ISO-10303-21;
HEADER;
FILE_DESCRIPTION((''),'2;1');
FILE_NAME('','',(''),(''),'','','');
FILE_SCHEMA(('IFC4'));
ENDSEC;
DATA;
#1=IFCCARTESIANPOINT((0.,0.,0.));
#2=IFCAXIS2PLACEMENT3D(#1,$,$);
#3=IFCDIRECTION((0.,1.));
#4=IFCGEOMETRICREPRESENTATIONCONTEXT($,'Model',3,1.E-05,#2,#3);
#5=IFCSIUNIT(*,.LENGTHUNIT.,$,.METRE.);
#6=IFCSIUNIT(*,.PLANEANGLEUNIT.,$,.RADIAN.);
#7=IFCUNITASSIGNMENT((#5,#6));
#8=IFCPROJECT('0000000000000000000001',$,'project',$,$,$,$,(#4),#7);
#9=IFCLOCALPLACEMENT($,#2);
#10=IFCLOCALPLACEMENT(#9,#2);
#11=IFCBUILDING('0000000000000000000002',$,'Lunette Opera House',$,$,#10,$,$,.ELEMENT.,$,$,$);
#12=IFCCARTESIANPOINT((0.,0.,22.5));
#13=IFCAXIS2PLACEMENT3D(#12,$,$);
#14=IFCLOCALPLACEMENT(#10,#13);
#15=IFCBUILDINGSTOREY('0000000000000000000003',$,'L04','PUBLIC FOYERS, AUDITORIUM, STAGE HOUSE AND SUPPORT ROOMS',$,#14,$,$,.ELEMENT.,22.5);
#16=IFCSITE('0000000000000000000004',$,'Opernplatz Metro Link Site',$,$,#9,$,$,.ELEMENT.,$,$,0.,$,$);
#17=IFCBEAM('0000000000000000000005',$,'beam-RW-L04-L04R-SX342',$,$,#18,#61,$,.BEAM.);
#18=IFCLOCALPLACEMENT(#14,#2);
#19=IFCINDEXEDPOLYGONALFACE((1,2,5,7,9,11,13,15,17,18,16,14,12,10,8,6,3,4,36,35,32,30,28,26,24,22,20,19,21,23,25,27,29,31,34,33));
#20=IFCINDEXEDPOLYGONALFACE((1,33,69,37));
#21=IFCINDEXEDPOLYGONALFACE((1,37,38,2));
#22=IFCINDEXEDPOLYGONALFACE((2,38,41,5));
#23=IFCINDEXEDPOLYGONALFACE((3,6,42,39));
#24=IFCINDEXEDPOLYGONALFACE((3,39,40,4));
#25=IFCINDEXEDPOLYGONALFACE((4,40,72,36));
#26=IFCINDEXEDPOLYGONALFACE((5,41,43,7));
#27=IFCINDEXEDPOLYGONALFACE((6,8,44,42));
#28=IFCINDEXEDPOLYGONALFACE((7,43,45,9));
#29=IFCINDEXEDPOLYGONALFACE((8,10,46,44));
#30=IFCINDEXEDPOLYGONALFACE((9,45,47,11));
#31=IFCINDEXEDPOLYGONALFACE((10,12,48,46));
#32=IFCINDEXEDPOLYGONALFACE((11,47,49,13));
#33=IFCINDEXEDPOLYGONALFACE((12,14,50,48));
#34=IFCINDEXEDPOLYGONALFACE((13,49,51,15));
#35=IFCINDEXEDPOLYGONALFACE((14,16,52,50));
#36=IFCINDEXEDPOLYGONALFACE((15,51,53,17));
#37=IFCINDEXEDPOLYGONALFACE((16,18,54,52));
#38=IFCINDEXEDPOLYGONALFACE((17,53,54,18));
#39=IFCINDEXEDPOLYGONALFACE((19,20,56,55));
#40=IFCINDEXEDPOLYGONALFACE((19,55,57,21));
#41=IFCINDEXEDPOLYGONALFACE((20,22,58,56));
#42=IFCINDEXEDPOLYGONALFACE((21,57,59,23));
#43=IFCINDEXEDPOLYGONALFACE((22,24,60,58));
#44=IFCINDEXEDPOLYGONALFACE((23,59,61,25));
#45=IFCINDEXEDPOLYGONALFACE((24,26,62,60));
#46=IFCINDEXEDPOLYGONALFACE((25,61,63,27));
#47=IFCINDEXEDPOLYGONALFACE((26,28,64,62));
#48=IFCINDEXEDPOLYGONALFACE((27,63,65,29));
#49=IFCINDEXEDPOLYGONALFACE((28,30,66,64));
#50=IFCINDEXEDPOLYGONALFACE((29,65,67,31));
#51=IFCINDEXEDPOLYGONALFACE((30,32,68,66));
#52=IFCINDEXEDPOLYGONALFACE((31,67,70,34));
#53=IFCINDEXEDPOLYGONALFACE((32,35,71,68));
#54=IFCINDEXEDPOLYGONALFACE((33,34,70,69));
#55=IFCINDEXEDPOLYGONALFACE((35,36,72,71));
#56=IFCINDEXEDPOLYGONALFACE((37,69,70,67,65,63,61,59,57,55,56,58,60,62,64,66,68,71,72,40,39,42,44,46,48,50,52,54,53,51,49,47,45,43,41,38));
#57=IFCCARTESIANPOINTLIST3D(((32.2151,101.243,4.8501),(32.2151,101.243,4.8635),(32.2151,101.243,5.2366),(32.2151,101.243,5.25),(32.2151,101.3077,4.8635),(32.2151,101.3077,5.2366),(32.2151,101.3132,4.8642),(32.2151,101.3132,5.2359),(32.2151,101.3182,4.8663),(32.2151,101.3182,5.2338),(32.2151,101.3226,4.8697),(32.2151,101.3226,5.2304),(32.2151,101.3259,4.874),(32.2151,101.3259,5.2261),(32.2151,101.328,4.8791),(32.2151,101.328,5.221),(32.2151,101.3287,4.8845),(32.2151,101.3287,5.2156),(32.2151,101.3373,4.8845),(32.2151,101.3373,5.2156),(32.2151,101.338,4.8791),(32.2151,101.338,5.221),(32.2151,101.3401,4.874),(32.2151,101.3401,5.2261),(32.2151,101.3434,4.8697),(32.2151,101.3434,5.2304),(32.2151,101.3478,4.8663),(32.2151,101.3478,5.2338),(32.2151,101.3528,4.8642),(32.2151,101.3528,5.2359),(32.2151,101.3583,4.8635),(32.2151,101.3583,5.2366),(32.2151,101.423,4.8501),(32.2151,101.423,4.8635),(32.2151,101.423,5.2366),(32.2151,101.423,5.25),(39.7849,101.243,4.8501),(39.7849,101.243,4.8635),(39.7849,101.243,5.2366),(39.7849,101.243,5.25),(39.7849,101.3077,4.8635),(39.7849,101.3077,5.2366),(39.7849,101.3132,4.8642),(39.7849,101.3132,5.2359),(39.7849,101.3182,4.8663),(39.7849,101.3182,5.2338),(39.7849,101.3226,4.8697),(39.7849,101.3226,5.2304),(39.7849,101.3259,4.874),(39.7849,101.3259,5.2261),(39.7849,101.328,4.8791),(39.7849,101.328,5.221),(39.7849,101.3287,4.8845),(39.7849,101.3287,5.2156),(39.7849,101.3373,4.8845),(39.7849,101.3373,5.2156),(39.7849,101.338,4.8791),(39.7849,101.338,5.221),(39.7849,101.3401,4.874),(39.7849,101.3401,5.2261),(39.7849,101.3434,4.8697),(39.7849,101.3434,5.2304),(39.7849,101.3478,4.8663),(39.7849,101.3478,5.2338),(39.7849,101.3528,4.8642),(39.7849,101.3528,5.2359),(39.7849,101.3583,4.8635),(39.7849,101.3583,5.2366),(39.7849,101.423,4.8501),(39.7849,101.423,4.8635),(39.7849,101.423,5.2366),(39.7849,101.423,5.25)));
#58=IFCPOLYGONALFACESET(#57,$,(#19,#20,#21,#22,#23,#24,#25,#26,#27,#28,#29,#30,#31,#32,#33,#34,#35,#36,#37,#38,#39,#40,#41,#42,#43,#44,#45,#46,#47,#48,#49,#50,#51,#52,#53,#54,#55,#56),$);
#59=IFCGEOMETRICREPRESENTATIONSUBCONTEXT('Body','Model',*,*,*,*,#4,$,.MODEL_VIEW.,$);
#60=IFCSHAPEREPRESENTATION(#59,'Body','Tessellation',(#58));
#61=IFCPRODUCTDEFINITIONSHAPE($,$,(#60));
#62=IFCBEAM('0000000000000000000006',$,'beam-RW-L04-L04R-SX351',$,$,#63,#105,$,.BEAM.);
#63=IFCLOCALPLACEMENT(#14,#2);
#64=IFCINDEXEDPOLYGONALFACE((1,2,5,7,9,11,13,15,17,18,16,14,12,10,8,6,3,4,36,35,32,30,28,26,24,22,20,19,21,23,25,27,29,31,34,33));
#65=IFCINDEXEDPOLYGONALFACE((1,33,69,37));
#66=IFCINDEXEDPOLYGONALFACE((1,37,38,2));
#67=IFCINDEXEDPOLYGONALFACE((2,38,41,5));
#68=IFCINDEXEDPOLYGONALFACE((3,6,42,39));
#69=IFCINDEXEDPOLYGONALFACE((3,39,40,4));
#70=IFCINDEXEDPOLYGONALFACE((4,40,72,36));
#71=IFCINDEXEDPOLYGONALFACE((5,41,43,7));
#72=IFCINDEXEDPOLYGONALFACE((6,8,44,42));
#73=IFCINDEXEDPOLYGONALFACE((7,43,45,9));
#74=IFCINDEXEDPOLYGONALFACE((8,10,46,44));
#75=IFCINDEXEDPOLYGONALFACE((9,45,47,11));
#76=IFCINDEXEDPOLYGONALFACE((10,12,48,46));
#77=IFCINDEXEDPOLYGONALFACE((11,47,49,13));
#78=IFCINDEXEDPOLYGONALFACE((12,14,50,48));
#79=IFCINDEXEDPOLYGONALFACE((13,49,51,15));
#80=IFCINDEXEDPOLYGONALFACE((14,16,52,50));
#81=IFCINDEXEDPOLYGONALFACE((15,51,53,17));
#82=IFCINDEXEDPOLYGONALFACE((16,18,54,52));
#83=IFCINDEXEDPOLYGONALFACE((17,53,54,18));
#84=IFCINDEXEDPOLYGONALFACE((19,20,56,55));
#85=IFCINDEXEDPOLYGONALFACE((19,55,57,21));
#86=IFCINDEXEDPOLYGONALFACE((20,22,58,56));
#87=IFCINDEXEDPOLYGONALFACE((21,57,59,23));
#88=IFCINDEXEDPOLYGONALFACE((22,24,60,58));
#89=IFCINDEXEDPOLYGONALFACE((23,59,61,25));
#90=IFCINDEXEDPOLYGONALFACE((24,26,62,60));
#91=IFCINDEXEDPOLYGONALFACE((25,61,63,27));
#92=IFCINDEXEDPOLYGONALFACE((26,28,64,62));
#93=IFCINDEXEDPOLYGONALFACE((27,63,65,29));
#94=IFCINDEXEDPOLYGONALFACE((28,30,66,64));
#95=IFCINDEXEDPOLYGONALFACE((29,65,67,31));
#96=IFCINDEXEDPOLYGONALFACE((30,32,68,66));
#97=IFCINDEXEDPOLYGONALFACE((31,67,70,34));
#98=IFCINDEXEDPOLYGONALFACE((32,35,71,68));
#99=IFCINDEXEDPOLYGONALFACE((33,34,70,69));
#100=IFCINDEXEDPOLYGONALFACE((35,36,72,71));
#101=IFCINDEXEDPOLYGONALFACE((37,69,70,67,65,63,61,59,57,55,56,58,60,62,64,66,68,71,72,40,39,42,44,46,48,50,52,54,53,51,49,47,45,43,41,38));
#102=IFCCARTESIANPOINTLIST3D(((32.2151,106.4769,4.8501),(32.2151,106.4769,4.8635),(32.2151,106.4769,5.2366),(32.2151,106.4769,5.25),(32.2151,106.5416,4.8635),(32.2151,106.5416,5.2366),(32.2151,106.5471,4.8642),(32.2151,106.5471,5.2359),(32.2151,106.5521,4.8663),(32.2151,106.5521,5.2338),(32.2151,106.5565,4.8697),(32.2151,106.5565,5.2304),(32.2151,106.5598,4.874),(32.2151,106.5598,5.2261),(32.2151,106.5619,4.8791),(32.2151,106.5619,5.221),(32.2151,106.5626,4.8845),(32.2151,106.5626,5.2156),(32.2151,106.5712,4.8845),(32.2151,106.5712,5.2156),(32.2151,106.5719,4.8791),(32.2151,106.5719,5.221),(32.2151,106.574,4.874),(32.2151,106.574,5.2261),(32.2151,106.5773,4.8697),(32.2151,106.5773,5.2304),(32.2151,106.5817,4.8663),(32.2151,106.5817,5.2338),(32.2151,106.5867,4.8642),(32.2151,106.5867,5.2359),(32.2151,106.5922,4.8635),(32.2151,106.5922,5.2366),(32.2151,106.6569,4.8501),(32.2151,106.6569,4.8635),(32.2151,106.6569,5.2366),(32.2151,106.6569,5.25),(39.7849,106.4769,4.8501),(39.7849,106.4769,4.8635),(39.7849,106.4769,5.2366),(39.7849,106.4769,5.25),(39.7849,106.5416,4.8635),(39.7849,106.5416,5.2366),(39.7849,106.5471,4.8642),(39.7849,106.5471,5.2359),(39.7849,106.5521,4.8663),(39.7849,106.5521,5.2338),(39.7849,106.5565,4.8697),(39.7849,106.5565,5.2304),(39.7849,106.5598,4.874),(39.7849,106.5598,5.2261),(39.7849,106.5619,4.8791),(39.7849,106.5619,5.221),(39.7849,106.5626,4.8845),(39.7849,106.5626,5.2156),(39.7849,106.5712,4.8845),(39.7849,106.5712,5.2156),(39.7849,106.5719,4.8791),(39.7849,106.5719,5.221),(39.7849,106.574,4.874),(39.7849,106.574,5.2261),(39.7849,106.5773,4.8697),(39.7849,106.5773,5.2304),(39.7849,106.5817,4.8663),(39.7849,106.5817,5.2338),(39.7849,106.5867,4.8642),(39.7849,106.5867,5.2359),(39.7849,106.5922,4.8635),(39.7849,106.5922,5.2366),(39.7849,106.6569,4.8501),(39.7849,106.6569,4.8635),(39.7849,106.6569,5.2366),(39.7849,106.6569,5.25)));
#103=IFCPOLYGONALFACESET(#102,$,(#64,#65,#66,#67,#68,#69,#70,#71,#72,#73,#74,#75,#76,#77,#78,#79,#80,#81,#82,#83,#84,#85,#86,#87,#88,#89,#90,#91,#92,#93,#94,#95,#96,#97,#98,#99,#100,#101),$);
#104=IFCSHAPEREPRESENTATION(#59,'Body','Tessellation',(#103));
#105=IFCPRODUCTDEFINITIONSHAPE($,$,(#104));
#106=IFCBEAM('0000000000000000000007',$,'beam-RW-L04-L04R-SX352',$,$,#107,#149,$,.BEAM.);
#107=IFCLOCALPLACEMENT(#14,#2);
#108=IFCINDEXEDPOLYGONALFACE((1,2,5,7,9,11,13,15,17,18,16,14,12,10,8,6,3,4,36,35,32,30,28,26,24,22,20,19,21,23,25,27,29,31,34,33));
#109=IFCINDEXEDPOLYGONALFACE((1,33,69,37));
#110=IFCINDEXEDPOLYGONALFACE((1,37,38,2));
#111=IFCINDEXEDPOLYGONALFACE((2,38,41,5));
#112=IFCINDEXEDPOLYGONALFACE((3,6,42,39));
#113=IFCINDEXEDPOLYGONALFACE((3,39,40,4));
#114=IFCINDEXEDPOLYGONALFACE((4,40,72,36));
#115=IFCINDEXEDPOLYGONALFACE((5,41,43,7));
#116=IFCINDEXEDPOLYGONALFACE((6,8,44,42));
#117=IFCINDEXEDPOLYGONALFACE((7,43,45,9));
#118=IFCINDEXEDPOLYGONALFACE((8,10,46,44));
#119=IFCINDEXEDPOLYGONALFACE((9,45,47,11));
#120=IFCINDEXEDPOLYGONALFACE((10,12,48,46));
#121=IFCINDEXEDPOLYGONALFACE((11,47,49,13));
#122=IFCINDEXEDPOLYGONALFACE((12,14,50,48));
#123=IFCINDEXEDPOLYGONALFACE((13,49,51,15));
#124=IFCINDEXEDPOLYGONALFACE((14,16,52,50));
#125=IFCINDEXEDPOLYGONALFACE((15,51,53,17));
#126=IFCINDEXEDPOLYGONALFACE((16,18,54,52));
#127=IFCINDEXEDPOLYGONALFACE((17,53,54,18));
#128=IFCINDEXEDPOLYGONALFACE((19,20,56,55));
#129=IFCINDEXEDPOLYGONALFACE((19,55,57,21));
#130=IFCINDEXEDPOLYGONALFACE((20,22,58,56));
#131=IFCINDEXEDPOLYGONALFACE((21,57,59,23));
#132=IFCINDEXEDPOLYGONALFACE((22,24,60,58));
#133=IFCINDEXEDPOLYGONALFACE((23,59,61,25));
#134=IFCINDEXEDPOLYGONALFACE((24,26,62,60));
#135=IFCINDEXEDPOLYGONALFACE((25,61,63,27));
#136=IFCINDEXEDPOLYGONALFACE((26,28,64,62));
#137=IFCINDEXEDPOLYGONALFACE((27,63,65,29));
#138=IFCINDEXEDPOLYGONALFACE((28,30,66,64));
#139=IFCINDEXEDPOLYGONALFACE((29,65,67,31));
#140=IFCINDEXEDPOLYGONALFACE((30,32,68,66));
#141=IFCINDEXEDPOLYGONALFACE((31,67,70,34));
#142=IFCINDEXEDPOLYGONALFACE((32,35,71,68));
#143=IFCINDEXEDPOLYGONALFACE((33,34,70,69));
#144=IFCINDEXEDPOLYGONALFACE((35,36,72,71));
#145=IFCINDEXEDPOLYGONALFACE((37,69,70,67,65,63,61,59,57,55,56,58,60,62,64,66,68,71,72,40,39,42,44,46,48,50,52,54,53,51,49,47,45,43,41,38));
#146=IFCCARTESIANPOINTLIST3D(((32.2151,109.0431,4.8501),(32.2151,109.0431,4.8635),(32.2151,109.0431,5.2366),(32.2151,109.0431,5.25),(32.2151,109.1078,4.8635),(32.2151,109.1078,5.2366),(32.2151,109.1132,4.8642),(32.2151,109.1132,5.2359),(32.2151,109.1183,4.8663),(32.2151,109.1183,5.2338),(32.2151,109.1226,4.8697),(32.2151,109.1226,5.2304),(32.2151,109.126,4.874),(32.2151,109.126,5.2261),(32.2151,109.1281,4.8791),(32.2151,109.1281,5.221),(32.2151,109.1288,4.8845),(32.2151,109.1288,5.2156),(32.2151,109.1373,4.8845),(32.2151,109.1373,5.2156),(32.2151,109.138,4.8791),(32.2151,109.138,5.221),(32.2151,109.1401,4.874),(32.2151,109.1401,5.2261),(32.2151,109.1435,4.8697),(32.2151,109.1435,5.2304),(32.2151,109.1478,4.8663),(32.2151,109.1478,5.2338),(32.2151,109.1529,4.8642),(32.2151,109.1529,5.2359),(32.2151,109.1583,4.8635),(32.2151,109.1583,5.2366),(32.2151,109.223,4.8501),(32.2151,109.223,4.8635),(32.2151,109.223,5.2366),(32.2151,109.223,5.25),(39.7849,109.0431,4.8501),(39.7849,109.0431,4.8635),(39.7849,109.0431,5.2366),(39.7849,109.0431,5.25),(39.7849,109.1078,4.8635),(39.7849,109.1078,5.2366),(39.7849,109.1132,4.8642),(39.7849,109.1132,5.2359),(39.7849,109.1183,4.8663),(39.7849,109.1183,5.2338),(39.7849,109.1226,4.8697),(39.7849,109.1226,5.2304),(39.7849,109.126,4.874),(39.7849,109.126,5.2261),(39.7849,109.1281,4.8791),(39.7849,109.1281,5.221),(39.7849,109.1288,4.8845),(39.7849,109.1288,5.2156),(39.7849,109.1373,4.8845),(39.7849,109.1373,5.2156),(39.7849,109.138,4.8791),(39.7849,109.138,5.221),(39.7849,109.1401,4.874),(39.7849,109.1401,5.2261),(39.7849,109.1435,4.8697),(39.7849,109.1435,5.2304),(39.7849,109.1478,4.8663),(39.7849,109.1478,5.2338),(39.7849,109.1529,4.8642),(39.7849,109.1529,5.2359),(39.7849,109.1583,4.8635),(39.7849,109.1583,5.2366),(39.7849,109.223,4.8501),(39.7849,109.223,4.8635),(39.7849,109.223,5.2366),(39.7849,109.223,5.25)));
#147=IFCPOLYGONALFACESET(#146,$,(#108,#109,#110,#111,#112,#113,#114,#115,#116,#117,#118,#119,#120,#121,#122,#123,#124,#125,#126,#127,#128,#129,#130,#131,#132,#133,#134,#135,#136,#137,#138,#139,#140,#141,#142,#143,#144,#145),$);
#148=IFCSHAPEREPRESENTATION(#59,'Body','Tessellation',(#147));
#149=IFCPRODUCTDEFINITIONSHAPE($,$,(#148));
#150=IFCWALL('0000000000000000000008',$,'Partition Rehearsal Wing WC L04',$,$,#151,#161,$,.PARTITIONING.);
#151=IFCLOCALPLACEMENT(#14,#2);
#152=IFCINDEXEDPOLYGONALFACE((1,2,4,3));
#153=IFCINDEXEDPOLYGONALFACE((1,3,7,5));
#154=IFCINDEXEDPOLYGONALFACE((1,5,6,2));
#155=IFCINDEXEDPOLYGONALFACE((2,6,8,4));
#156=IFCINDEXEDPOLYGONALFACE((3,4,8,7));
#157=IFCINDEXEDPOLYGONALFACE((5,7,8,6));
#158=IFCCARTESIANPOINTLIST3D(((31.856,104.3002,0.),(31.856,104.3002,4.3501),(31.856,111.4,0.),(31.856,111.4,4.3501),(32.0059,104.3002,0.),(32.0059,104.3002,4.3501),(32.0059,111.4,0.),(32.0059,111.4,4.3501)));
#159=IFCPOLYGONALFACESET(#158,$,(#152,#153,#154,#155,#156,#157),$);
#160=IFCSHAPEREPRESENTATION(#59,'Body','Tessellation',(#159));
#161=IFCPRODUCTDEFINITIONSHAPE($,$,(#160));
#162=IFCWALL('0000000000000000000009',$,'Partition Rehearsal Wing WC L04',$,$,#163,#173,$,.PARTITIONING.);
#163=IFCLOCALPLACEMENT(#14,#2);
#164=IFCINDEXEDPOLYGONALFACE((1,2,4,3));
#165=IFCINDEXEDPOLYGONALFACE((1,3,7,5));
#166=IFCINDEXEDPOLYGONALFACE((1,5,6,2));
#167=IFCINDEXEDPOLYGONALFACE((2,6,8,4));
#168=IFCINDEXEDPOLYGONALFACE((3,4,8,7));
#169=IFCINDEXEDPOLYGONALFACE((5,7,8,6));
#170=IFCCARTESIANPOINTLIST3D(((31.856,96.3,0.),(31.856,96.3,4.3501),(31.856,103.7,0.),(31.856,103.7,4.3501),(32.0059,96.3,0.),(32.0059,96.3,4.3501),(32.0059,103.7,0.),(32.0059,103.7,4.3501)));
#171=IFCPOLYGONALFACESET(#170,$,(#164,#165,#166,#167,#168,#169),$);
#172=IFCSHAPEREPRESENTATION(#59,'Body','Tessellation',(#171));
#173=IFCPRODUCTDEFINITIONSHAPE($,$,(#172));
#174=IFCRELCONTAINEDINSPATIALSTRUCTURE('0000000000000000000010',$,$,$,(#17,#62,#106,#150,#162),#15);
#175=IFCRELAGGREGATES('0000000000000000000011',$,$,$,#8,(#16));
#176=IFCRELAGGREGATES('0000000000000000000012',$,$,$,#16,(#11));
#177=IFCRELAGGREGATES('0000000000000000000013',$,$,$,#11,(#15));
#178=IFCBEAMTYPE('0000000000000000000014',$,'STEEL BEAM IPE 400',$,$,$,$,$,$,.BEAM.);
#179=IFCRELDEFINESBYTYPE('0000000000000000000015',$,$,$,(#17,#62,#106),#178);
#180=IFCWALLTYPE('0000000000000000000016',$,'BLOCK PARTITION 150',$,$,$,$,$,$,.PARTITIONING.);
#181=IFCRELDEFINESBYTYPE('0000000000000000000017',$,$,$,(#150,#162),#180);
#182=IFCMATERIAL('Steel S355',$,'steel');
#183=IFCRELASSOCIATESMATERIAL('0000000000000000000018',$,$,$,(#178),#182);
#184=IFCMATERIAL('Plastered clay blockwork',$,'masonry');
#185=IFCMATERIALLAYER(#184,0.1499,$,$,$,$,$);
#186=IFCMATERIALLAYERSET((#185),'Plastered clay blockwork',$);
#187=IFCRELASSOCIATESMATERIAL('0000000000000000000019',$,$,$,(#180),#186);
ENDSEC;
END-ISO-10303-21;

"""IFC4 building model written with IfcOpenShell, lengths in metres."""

from ifc_helpers import new_model, si_unit, direction, frame, frame_2d, origin, origin_2d, place, context, subcontext, project, spatial, rectangle, i_section, extrude, material, layer, layer_set, material_profile, profile_set, type_object, element, save


model = new_model("IFC4")

# Units and contexts
model_context = context("Model", 3, precision=1e-05, world=origin(), true_north=direction((0.0, 1.0)))
body_context = subcontext(model_context, "Body", "Model", "MODEL_VIEW")
ifc_project = project(units=[si_unit("LENGTHUNIT", "METRE"), si_unit("PLANEANGLEUNIT", "RADIAN")], contexts=[model_context])

# Site, building, storey
site_placement = place(None, origin())
site = spatial("IfcSite", under=ifc_project, at=site_placement, Name="Opernplatz Metro Link Site", CompositionType="ELEMENT", RefElevation=0.0)
building_placement = place(site_placement, origin())
building = spatial("IfcBuilding", under=site, at=building_placement, Name="Lunette Opera House", CompositionType="ELEMENT")
storey_placement = place(building_placement, frame((0.0, 0.0, 22.5)))
storey = spatial("IfcBuildingStorey", under=building, at=storey_placement, Name="L04", Description="PUBLIC FOYERS, AUDITORIUM, STAGE HOUSE AND SUPPORT ROOMS", CompositionType="ELEMENT", Elevation=22.5)

# Beams
ifc_material_1 = material(Name="Steel S355", Category="steel")
ifc_material_profile_1 = material_profile(ifc_material_1, i_section(OverallWidth=0.1799, OverallDepth=0.3999, WebThickness=0.0085, FlangeThickness=0.0134, FilletRadius=0.021, at=origin_2d()), Name="IPE 400")
ifc_profile_set_1 = profile_set([ifc_material_profile_1], Name="Steel S355")
beam_type_1 = type_object("IfcBeamType", Name="STEEL BEAM IPE 400", PredefinedType="BEAM", material=ifc_profile_set_1)
for number, where, z_axis, x_axis, name in (
    (1, (32.2151, 101.333, 5.05), (1.0, 0.0, 0.0), (0.0, 1.0, 0.0), "beam-RW-L04-L04R-SX342"),
    (2, (32.2151, 106.5669, 5.05), (1.0, 0.0, 0.0), (0.0, 1.0, 0.0), "beam-RW-L04-L04R-SX351"),
    (3, (32.2151, 109.1331, 5.05), (1.0, 0.0, 0.0), (0.0, 1.0, 0.0), "beam-RW-L04-L04R-SX352"),
):
    element("IfcBeam", number, at=place(storey_placement, frame(where, z_axis=z_axis, x_axis=x_axis)), inside=storey, type_object=beam_type_1, Name=name, PredefinedType="BEAM", context=body_context, shape_type="SweptSolid", body=[
        extrude(i_section(OverallWidth=0.1799, OverallDepth=0.3999, WebThickness=0.0085, FlangeThickness=0.0134, FilletRadius=0.021, at=origin_2d()), origin(), (0.0, 0.0, 1.0), 7.5698),
    ])

# Walls
ifc_material_2 = material(Name="Plastered clay blockwork", Category="masonry")
ifc_layer_1 = layer(ifc_material_2, 0.1499)
ifc_layer_set_1 = layer_set([ifc_layer_1], Name="Plastered clay blockwork")
wall_type_1 = type_object("IfcWallType", Name="BLOCK PARTITION 150", PredefinedType="PARTITIONING", material=ifc_layer_set_1)
wall_1_placement = place(storey_placement, frame((31.9309, 111.3999, 0.0), z_axis=(0.0, 0.0, 1.0), x_axis=(0.0, -1.0, 0.0)))
element("IfcWall", 4, at=wall_1_placement, inside=storey, type_object=wall_type_1, Name="Partition Rehearsal Wing WC L04", PredefinedType="PARTITIONING", context=body_context, shape_type="SweptSolid", body=[
    extrude(rectangle(XDim=7.0999, YDim=0.1499, at=frame_2d((3.5498, 0.0))), origin(), (0.0, 0.0, 1.0), 4.3501),
])
wall_2_placement = place(storey_placement, frame((31.9309, 103.7, 0.0), z_axis=(0.0, 0.0, 1.0), x_axis=(0.0, -1.0, 0.0)))
element("IfcWall", 5, at=wall_2_placement, inside=storey, type_object=wall_type_1, Name="Partition Rehearsal Wing WC L04", PredefinedType="PARTITIONING", context=body_context, shape_type="SweptSolid", body=[
    extrude(rectangle(XDim=7.3999, YDim=0.1499, at=frame_2d((3.7, 0.0))), origin(), (0.0, 0.0, 1.0), 4.3501),
])

save(model, "model.ifc")
